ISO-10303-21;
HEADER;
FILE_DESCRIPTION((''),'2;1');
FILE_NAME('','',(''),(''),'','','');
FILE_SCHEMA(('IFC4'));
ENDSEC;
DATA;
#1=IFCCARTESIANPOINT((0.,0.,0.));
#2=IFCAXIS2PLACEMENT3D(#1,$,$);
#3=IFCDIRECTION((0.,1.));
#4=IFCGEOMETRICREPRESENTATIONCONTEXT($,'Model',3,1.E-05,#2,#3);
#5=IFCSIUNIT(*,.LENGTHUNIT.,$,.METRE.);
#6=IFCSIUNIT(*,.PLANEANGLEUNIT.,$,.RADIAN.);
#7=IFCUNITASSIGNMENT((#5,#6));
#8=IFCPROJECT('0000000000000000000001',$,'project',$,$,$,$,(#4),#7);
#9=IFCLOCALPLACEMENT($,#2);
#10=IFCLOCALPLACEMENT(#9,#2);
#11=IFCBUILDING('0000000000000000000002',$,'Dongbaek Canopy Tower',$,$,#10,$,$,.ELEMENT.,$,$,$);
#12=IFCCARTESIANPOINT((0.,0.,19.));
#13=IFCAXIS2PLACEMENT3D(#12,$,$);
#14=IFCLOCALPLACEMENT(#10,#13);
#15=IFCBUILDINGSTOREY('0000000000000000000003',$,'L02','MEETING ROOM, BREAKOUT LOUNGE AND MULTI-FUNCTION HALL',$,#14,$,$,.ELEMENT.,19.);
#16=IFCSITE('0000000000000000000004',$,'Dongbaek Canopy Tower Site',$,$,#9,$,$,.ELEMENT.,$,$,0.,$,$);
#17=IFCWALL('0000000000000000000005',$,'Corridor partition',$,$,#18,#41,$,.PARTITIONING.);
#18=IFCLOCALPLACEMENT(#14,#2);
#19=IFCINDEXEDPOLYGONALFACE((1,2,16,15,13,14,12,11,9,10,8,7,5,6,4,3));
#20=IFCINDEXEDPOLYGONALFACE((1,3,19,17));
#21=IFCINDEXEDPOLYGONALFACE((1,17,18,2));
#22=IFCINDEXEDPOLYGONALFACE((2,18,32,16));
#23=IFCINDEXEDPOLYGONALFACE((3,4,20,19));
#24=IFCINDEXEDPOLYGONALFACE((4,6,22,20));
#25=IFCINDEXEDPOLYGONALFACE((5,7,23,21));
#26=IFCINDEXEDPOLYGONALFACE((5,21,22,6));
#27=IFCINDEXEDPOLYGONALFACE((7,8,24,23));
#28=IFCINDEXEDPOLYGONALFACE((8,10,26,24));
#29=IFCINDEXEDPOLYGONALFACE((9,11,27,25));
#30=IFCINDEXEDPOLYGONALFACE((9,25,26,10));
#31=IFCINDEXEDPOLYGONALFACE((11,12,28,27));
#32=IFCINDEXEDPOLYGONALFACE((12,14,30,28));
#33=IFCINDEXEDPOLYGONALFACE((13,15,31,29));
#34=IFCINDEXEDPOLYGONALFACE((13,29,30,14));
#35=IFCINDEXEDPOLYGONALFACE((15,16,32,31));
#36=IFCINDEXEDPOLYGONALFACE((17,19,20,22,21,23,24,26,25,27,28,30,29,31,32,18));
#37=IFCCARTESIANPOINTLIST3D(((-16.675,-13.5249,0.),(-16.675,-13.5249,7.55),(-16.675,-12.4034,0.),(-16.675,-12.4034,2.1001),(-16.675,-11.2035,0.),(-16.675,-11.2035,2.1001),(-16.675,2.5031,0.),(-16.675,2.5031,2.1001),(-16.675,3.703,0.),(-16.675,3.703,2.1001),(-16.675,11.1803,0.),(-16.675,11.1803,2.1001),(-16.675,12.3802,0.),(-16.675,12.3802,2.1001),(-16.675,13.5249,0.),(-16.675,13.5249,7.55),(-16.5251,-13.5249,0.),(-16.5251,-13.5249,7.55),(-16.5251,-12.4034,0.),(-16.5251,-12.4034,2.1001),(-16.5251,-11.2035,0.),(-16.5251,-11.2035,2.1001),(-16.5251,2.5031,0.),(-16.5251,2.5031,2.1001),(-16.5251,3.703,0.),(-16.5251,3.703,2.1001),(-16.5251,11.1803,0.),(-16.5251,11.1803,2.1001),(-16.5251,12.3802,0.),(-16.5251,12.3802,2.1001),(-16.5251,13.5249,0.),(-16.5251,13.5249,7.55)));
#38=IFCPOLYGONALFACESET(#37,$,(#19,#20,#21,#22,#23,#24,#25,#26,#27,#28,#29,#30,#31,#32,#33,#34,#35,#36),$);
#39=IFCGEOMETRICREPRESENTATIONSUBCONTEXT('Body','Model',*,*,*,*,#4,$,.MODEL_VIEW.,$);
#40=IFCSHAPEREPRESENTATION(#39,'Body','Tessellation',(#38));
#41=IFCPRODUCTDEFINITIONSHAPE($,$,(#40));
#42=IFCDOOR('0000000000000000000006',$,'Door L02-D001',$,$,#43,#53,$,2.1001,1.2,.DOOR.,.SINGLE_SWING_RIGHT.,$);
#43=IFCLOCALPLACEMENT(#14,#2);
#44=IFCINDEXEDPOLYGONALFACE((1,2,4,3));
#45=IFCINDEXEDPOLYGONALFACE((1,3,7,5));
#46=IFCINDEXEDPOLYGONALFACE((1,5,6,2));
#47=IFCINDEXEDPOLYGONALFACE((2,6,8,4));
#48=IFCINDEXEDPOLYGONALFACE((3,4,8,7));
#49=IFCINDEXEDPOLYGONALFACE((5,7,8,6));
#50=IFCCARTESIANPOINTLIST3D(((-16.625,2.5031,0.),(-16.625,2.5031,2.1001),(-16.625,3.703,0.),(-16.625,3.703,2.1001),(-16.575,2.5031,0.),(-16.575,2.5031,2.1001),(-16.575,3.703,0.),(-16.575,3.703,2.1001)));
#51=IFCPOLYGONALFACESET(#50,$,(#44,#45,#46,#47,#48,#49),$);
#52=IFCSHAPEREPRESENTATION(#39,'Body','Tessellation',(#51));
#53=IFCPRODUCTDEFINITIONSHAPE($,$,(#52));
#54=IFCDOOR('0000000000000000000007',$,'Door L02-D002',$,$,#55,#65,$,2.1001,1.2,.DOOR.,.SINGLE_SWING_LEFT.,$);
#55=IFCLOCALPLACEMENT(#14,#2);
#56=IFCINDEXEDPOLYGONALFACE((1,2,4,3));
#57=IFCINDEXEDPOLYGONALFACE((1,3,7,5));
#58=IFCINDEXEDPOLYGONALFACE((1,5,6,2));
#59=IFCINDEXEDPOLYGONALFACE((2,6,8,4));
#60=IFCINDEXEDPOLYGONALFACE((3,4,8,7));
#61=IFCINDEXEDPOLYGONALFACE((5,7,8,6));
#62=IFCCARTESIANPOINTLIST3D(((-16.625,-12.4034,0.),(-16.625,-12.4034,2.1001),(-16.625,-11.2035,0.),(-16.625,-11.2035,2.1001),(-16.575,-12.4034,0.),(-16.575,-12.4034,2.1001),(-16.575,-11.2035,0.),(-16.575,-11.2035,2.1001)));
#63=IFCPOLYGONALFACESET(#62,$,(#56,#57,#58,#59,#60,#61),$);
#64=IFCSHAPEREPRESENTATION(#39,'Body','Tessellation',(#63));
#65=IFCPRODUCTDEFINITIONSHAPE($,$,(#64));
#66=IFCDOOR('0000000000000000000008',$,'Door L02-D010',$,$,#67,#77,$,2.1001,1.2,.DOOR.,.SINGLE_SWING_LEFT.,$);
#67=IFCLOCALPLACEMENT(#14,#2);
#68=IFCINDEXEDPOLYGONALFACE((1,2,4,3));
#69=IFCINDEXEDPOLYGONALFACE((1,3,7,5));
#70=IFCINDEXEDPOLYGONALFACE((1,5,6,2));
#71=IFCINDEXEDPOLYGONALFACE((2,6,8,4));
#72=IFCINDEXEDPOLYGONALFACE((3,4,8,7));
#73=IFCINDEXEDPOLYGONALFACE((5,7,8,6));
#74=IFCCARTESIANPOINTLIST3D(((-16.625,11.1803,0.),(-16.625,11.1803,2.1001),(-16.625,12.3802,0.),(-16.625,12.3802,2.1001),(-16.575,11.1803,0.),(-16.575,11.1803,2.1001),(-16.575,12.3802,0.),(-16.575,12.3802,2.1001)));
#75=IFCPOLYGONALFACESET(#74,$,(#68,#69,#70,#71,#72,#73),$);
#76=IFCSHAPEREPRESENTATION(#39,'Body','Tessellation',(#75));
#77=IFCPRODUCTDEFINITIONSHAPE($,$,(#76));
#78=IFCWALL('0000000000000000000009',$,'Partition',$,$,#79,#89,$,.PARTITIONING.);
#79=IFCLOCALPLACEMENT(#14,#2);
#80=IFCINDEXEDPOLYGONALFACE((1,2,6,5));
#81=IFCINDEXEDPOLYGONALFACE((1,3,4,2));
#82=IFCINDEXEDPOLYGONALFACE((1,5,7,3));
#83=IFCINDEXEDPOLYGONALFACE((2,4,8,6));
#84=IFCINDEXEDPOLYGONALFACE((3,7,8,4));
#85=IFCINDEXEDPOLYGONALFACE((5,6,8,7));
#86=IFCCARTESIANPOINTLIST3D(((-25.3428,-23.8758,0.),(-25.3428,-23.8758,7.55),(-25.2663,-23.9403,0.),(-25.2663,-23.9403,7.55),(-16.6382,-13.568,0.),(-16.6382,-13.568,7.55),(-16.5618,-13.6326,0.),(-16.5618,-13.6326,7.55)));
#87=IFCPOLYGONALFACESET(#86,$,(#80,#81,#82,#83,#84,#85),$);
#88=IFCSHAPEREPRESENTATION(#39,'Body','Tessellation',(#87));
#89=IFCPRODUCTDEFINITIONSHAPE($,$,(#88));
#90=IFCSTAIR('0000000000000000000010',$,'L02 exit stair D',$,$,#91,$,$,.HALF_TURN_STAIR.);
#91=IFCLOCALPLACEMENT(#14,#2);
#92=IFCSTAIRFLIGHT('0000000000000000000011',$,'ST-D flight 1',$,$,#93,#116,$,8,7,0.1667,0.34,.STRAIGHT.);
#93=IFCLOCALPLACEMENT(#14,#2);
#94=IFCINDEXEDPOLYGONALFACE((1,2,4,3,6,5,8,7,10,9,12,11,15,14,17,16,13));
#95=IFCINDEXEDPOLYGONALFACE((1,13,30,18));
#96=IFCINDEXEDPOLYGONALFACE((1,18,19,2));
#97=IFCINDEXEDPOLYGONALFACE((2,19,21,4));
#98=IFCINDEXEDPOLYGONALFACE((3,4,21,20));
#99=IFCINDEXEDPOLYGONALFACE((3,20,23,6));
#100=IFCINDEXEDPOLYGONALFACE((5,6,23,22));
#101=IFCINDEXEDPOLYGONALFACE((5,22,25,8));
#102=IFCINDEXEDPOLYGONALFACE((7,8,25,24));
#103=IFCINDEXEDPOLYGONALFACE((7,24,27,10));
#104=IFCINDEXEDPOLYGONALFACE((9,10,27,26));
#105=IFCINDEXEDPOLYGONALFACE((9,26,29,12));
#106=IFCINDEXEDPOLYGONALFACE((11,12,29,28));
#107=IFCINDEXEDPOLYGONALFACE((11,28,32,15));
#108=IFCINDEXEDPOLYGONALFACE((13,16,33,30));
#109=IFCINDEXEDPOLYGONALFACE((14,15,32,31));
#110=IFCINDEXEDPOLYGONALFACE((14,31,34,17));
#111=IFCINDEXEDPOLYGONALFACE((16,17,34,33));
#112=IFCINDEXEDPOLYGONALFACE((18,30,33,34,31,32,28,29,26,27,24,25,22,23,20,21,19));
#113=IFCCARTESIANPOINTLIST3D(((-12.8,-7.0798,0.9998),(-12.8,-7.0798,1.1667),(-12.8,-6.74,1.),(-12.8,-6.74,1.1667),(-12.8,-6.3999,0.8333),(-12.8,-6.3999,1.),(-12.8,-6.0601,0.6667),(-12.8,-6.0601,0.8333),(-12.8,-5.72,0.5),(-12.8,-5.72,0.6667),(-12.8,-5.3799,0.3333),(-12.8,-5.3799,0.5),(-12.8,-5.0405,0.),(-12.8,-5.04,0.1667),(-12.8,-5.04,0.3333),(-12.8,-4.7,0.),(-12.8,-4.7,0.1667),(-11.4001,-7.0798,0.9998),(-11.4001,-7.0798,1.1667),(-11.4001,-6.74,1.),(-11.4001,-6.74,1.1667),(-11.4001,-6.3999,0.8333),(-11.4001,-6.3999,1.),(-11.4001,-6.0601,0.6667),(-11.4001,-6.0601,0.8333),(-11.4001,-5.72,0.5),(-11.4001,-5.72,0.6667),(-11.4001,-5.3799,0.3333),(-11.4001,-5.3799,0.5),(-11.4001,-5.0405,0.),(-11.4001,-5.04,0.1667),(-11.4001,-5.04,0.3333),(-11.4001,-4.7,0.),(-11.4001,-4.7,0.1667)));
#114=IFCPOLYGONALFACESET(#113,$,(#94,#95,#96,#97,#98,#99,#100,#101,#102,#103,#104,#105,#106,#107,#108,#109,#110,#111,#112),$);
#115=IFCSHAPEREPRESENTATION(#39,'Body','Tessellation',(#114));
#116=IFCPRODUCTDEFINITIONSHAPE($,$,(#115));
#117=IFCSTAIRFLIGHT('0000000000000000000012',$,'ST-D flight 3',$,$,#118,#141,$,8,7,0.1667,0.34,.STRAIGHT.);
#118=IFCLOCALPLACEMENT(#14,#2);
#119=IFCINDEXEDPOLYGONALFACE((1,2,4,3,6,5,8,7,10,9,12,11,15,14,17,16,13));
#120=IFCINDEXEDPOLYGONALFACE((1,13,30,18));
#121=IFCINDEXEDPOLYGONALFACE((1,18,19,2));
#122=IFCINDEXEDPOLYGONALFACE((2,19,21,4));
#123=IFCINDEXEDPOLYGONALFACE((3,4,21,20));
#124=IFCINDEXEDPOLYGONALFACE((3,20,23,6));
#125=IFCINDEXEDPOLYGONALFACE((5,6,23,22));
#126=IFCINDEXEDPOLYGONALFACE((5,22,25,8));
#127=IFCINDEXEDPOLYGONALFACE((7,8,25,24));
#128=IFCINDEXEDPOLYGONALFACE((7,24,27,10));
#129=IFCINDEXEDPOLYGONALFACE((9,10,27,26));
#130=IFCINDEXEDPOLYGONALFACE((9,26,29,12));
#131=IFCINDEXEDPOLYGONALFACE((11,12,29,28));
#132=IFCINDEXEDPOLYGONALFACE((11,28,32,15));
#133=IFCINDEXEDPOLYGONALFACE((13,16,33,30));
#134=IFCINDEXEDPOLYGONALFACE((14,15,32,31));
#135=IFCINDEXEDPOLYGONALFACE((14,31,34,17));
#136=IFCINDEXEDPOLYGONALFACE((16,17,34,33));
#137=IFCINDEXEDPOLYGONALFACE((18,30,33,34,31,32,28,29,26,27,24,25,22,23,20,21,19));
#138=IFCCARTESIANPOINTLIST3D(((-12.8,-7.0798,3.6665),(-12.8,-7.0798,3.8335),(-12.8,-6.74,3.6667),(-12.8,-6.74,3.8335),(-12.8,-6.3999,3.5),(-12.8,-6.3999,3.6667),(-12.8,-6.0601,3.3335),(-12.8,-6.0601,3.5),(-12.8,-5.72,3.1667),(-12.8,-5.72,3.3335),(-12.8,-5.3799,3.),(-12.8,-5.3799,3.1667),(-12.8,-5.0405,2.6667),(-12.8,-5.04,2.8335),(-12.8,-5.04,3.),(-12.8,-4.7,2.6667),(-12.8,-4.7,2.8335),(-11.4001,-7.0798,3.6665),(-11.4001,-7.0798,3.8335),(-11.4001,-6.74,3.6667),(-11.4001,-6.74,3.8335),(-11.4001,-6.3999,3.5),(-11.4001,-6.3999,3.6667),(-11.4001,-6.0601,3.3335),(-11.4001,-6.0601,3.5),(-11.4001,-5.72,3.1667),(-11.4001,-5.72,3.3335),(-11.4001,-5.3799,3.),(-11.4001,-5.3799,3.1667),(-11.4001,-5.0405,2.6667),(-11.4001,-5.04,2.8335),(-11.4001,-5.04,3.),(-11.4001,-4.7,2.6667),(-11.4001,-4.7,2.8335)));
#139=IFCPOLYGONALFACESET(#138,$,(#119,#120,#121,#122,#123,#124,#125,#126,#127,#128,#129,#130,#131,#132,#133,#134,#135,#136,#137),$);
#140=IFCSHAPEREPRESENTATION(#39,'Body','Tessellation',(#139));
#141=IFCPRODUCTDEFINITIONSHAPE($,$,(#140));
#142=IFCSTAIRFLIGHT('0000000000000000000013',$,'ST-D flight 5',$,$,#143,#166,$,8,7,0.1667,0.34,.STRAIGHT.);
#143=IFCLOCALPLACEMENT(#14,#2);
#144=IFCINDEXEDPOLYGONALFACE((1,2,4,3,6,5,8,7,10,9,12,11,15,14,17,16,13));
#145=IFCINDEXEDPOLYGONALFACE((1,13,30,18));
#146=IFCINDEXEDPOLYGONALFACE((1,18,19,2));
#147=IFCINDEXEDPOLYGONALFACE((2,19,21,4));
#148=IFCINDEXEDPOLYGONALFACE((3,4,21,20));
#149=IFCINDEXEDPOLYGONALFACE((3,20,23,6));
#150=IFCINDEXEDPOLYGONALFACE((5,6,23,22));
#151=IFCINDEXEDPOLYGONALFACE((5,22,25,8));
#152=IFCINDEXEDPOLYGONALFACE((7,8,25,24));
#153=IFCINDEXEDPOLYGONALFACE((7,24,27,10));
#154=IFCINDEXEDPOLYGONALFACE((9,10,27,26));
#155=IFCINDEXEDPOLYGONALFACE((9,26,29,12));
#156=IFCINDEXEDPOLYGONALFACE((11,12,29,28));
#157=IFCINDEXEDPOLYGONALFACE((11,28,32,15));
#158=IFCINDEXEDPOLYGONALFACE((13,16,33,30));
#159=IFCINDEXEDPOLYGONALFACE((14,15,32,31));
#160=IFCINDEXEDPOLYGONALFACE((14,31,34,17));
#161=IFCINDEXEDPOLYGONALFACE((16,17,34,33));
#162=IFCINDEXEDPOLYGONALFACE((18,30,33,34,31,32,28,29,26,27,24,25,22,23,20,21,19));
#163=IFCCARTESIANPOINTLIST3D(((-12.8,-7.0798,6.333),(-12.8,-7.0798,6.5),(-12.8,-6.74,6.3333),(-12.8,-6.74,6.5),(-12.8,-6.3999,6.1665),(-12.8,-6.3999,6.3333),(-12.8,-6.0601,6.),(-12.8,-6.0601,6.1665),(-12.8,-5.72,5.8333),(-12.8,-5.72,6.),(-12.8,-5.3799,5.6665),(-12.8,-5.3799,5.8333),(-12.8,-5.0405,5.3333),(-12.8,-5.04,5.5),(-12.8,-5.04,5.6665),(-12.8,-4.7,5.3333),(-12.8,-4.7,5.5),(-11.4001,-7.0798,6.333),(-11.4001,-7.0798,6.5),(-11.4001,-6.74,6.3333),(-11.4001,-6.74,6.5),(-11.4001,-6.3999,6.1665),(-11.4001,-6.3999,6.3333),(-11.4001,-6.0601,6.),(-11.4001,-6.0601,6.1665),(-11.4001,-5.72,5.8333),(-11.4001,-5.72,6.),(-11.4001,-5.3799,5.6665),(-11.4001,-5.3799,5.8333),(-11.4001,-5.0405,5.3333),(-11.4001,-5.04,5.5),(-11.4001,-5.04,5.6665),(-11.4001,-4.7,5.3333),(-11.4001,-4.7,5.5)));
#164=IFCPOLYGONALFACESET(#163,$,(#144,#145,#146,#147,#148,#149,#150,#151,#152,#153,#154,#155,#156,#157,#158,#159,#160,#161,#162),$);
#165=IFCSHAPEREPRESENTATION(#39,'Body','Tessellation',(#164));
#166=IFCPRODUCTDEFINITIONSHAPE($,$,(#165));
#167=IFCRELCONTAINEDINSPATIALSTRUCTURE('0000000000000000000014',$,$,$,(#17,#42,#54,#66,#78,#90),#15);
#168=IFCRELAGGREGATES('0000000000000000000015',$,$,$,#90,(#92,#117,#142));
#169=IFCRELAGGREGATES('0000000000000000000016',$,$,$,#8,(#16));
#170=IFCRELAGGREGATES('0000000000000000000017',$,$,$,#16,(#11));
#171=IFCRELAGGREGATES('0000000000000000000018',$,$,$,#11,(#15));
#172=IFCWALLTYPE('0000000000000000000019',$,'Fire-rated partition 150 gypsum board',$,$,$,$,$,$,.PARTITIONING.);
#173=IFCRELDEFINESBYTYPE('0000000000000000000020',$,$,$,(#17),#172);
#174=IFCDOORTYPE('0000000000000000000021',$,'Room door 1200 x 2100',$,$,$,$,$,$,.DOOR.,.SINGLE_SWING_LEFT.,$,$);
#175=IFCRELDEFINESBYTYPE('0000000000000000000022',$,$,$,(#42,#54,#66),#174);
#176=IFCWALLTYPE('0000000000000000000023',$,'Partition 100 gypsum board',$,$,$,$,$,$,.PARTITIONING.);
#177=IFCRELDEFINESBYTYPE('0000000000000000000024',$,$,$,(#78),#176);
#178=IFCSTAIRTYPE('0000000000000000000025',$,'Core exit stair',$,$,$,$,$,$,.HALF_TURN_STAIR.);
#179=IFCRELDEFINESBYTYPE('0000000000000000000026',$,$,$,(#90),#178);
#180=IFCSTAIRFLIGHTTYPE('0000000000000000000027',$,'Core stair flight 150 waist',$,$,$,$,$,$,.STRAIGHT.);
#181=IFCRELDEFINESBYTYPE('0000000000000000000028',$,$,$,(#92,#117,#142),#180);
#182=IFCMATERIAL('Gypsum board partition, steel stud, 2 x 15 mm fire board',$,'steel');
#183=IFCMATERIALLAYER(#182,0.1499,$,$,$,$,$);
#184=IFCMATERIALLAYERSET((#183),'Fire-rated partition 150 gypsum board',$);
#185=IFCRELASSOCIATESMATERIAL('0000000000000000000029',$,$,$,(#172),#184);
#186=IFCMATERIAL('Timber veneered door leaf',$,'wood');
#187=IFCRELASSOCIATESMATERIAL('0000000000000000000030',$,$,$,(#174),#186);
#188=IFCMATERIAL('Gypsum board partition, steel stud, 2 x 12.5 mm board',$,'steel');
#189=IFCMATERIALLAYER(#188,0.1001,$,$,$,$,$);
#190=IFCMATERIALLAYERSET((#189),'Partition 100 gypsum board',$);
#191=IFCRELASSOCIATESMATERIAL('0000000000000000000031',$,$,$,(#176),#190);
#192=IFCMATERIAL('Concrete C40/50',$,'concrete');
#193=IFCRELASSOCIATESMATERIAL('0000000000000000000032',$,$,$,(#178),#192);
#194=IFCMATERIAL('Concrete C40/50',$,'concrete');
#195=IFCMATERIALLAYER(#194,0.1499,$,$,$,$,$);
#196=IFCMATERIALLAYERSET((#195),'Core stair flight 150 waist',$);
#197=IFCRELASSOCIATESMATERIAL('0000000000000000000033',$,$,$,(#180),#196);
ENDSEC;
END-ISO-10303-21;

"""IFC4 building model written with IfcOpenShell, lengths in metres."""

from ifc_helpers import new_model, si_unit, direction, frame, frame_2d, origin, place, context, subcontext, project, spatial, polyline, rectangle, outline, extrude, material, layer, layer_set, type_object, element, fill, aggregate, save


model = new_model("IFC4")

# Units and contexts
model_context = context("Model", 3, precision=1e-05, world=origin(), true_north=direction((0.0, 1.0)))
body_context = subcontext(model_context, "Body", "Model", "MODEL_VIEW")
ifc_project = project(units=[si_unit("LENGTHUNIT", "METRE"), si_unit("PLANEANGLEUNIT", "RADIAN")], contexts=[model_context])

# Site, building, storey
site_placement = place(None, origin())
site = spatial("IfcSite", under=ifc_project, at=site_placement, Name="Dongbaek Canopy Tower Site", CompositionType="ELEMENT", RefElevation=0.0)
building_placement = place(site_placement, origin())
building = spatial("IfcBuilding", under=site, at=building_placement, Name="Dongbaek Canopy Tower", CompositionType="ELEMENT")
storey_placement = place(building_placement, frame((0.0, 0.0, 19.0)))
storey = spatial("IfcBuildingStorey", under=building, at=storey_placement, Name="L02", Description="MEETING ROOM, BREAKOUT LOUNGE AND MULTI-FUNCTION HALL", CompositionType="ELEMENT", Elevation=19.0)

# Wall, openings, doors
ifc_material_1 = material(Name="Gypsum board partition, steel stud, 2 x 15 mm fire board", Category="steel")
ifc_layer_1 = layer(ifc_material_1, 0.1499)
ifc_layer_set_1 = layer_set([ifc_layer_1], Name="Fire-rated partition 150 gypsum board")
wall_type_1 = type_object("IfcWallType", Name="Fire-rated partition 150 gypsum board", PredefinedType="PARTITIONING", material=ifc_layer_set_1)
wall_1_placement = place(storey_placement, frame((-16.6001, -13.5249, 0.0), z_axis=(0.0, 0.0, 1.0), x_axis=(0.0, 1.0, 0.0)))
wall_1 = element("IfcWall", 1, at=wall_1_placement, inside=storey, type_object=wall_type_1, Name="Corridor partition", PredefinedType="PARTITIONING", context=body_context, shape_type="SweptSolid", body=[
    extrude(rectangle(XDim=27.0498, YDim=0.1499, at=frame_2d((13.5249, 0.0))), origin(), (0.0, 0.0, 1.0), 7.55),
])
opening_1_placement = place(wall_1_placement, frame((16.0278, 0.0, 0.0)))
opening_1 = element("IfcOpeningElement", 2, at=opening_1_placement, cuts=wall_1, PredefinedType="OPENING", context=body_context, shape_type="SweptSolid", body=[
    extrude(rectangle(XDim=1.2, YDim=2.1001, at=frame_2d((0.6001, 1.05))), frame((0.0, 0.085, 0.0), z_axis=(0.0, -1.0, 0.0), x_axis=(1.0, 0.0, 0.0)), (0.0, 0.0, 1.0), 0.1699),
])
opening_2_placement = place(wall_1_placement, frame((1.1213, 0.0, 0.0)))
opening_2 = element("IfcOpeningElement", 3, at=opening_2_placement, cuts=wall_1, PredefinedType="OPENING", context=body_context, shape_type="SweptSolid", body=[
    extrude(rectangle(XDim=1.2, YDim=2.1001, at=frame_2d((0.6001, 1.05))), frame((0.0, 0.085, 0.0), z_axis=(0.0, -1.0, 0.0), x_axis=(1.0, 0.0, 0.0)), (0.0, 0.0, 1.0), 0.1699),
])
opening_3_placement = place(wall_1_placement, frame((24.7051, 0.0, 0.0)))
opening_3 = element("IfcOpeningElement", 4, at=opening_3_placement, cuts=wall_1, PredefinedType="OPENING", context=body_context, shape_type="SweptSolid", body=[
    extrude(rectangle(XDim=1.2, YDim=2.1001, at=frame_2d((0.6001, 1.05))), frame((0.0, 0.085, 0.0), z_axis=(0.0, -1.0, 0.0), x_axis=(1.0, 0.0, 0.0)), (0.0, 0.0, 1.0), 0.1699),
])
ifc_material_2 = material(Name="Timber veneered door leaf", Category="wood")
door_type = type_object("IfcDoorType", Name="Room door 1200 x 2100", OperationType="SINGLE_SWING_LEFT", PredefinedType="DOOR", material=ifc_material_2)
door_1_placement = place(opening_1_placement, origin())
door_1 = element("IfcDoor", 5, at=door_1_placement, inside=storey, type_object=door_type, Name="Door L02-D001", OperationType="SINGLE_SWING_RIGHT", OverallHeight=2.1001, OverallWidth=1.2, PredefinedType="DOOR", context=body_context, shape_type="SweptSolid", body=[
    extrude(rectangle(XDim=1.2, YDim=2.1001, at=frame_2d((0.6001, 1.05))), frame((0.0, 0.0249, 0.0), z_axis=(0.0, -1.0, 0.0), x_axis=(1.0, 0.0, 0.0)), (0.0, 0.0, 1.0), 0.05),
])
fill(opening_1, door_1)
door_2_placement = place(opening_2_placement, origin())
door_2 = element("IfcDoor", 6, at=door_2_placement, inside=storey, type_object=door_type, Name="Door L02-D002", OperationType="SINGLE_SWING_LEFT", OverallHeight=2.1001, OverallWidth=1.2, PredefinedType="DOOR", context=body_context, shape_type="SweptSolid", body=[
    extrude(rectangle(XDim=1.2, YDim=2.1001, at=frame_2d((0.6001, 1.05))), frame((0.0, 0.0249, 0.0), z_axis=(0.0, -1.0, 0.0), x_axis=(1.0, 0.0, 0.0)), (0.0, 0.0, 1.0), 0.05),
])
fill(opening_2, door_2)
door_3_placement = place(opening_3_placement, origin())
door_3 = element("IfcDoor", 7, at=door_3_placement, inside=storey, type_object=door_type, Name="Door L02-D010", OperationType="SINGLE_SWING_LEFT", OverallHeight=2.1001, OverallWidth=1.2, PredefinedType="DOOR", context=body_context, shape_type="SweptSolid", body=[
    extrude(rectangle(XDim=1.2, YDim=2.1001, at=frame_2d((0.6001, 1.05))), frame((0.0, 0.0249, 0.0), z_axis=(0.0, -1.0, 0.0), x_axis=(1.0, 0.0, 0.0)), (0.0, 0.0, 1.0), 0.05),
])
fill(opening_3, door_3)

# Wall
ifc_material_3 = material(Name="Gypsum board partition, steel stud, 2 x 12.5 mm board", Category="steel")
ifc_layer_2 = layer(ifc_material_3, 0.1001)
ifc_layer_set_2 = layer_set([ifc_layer_2], Name="Partition 100 gypsum board")
wall_type_2 = type_object("IfcWallType", Name="Partition 100 gypsum board", PredefinedType="PARTITIONING", material=ifc_layer_set_2)
wall_2_placement = place(storey_placement, frame((-25.3044, -23.908, 0.0), z_axis=(0.0, 0.0, 1.0), x_axis=(0.645188, 0.764024, 0.0)))
element("IfcWall", 8, at=wall_2_placement, inside=storey, type_object=wall_type_2, Name="Partition", PredefinedType="PARTITIONING", context=body_context, shape_type="SweptSolid", body=[
    extrude(rectangle(XDim=13.4915, YDim=0.1001, at=frame_2d((6.7456, 0.0))), origin(), (0.0, 0.0, 1.0), 7.55),
])

# Stair, stair flights
ifc_material_4 = material(Name="Concrete C40/50", Category="concrete")
stair_type = type_object("IfcStairType", Name="Core exit stair", PredefinedType="HALF_TURN_STAIR", material=ifc_material_4)
stair_placement = place(storey_placement, origin())
stair = element("IfcStair", 9, at=stair_placement, inside=storey, type_object=stair_type, Name="L02 exit stair D", PredefinedType="HALF_TURN_STAIR")
ifc_material_5 = material(Name="Concrete C40/50", Category="concrete")
ifc_layer_3 = layer(ifc_material_5, 0.1499)
ifc_layer_set_3 = layer_set([ifc_layer_3], Name="Core stair flight 150 waist")
stair_flight_type = type_object("IfcStairFlightType", Name="Core stair flight 150 waist", PredefinedType="STRAIGHT", material=ifc_layer_set_3)
stair_flight_1_placement = place(storey_placement, frame((-12.1001, -4.7, 0.0), z_axis=(0.0, 0.0, 1.0), x_axis=(0.0, -1.0, 0.0)))
stair_flight_1 = element("IfcStairFlight", 10, at=stair_flight_1_placement, type_object=stair_flight_type, Name="ST-D flight 1", NumberOfRisers=8, NumberOfTreads=7, PredefinedType="STRAIGHT", RiserHeight=0.1667, TreadLength=0.34, context=body_context, shape_type="SweptSolid", body=[
    extrude(outline(polyline([(0.0, 0.0), (0.0, 0.1667), (0.3401, 0.1667), (0.3401, 0.3333), (0.6799, 0.3333), (0.6799, 0.5), (1.02, 0.5), (1.02, 0.6667), (1.3601, 0.6667), (1.3601, 0.8333), (1.7, 0.8333), (1.7, 1.0), (2.04, 1.0), (2.04, 1.1667), (2.3799, 1.1667), (2.3799, 1.3333), (2.3799, 0.9998), (0.3406, 0.0), (0.0, 0.0)])), frame((0.0, 0.7, 0.0), z_axis=(0.0, -1.0, 0.0), x_axis=(1.0, 0.0, 0.0)), (0.0, 0.0, 1.0), 1.3999),
])
stair_flight_2_placement = place(storey_placement, frame((-12.1001, -4.7, 2.6667), z_axis=(0.0, 0.0, 1.0), x_axis=(0.0, -1.0, 0.0)))
stair_flight_2 = element("IfcStairFlight", 11, at=stair_flight_2_placement, type_object=stair_flight_type, Name="ST-D flight 3", NumberOfRisers=8, NumberOfTreads=7, PredefinedType="STRAIGHT", RiserHeight=0.1667, TreadLength=0.34, context=body_context, shape_type="SweptSolid", body=[
    extrude(outline(polyline([(0.0, 0.0), (0.0, 0.1667), (0.3401, 0.1667), (0.3401, 0.3333), (0.6799, 0.3333), (0.6799, 0.5), (1.02, 0.5), (1.02, 0.6667), (1.3601, 0.6667), (1.3601, 0.8333), (1.7, 0.8333), (1.7, 1.0), (2.04, 1.0), (2.04, 1.1667), (2.3799, 1.1667), (2.3799, 1.3333), (2.3799, 0.9998), (0.3406, 0.0), (0.0, 0.0)])), frame((0.0, 0.7, 0.0), z_axis=(0.0, -1.0, 0.0), x_axis=(1.0, 0.0, 0.0)), (0.0, 0.0, 1.0), 1.3999),
])
stair_flight_3_placement = place(storey_placement, frame((-12.1001, -4.7, 5.3333), z_axis=(0.0, 0.0, 1.0), x_axis=(0.0, -1.0, 0.0)))
stair_flight_3 = element("IfcStairFlight", 12, at=stair_flight_3_placement, type_object=stair_flight_type, Name="ST-D flight 5", NumberOfRisers=8, NumberOfTreads=7, PredefinedType="STRAIGHT", RiserHeight=0.1667, TreadLength=0.34, context=body_context, shape_type="SweptSolid", body=[
    extrude(outline(polyline([(0.0, 0.0), (0.0, 0.1667), (0.3401, 0.1667), (0.3401, 0.3333), (0.6799, 0.3333), (0.6799, 0.5), (1.02, 0.5), (1.02, 0.6667), (1.3601, 0.6667), (1.3601, 0.8333), (1.7, 0.8333), (1.7, 1.0), (2.04, 1.0), (2.04, 1.1667), (2.3799, 1.1667), (2.3799, 1.3333), (2.3799, 0.9998), (0.3406, 0.0), (0.0, 0.0)])), frame((0.0, 0.7, 0.0), z_axis=(0.0, -1.0, 0.0), x_axis=(1.0, 0.0, 0.0)), (0.0, 0.0, 1.0), 1.3999),
])
aggregate(stair, [stair_flight_1, stair_flight_2, stair_flight_3])

save(model, "model.ifc")
